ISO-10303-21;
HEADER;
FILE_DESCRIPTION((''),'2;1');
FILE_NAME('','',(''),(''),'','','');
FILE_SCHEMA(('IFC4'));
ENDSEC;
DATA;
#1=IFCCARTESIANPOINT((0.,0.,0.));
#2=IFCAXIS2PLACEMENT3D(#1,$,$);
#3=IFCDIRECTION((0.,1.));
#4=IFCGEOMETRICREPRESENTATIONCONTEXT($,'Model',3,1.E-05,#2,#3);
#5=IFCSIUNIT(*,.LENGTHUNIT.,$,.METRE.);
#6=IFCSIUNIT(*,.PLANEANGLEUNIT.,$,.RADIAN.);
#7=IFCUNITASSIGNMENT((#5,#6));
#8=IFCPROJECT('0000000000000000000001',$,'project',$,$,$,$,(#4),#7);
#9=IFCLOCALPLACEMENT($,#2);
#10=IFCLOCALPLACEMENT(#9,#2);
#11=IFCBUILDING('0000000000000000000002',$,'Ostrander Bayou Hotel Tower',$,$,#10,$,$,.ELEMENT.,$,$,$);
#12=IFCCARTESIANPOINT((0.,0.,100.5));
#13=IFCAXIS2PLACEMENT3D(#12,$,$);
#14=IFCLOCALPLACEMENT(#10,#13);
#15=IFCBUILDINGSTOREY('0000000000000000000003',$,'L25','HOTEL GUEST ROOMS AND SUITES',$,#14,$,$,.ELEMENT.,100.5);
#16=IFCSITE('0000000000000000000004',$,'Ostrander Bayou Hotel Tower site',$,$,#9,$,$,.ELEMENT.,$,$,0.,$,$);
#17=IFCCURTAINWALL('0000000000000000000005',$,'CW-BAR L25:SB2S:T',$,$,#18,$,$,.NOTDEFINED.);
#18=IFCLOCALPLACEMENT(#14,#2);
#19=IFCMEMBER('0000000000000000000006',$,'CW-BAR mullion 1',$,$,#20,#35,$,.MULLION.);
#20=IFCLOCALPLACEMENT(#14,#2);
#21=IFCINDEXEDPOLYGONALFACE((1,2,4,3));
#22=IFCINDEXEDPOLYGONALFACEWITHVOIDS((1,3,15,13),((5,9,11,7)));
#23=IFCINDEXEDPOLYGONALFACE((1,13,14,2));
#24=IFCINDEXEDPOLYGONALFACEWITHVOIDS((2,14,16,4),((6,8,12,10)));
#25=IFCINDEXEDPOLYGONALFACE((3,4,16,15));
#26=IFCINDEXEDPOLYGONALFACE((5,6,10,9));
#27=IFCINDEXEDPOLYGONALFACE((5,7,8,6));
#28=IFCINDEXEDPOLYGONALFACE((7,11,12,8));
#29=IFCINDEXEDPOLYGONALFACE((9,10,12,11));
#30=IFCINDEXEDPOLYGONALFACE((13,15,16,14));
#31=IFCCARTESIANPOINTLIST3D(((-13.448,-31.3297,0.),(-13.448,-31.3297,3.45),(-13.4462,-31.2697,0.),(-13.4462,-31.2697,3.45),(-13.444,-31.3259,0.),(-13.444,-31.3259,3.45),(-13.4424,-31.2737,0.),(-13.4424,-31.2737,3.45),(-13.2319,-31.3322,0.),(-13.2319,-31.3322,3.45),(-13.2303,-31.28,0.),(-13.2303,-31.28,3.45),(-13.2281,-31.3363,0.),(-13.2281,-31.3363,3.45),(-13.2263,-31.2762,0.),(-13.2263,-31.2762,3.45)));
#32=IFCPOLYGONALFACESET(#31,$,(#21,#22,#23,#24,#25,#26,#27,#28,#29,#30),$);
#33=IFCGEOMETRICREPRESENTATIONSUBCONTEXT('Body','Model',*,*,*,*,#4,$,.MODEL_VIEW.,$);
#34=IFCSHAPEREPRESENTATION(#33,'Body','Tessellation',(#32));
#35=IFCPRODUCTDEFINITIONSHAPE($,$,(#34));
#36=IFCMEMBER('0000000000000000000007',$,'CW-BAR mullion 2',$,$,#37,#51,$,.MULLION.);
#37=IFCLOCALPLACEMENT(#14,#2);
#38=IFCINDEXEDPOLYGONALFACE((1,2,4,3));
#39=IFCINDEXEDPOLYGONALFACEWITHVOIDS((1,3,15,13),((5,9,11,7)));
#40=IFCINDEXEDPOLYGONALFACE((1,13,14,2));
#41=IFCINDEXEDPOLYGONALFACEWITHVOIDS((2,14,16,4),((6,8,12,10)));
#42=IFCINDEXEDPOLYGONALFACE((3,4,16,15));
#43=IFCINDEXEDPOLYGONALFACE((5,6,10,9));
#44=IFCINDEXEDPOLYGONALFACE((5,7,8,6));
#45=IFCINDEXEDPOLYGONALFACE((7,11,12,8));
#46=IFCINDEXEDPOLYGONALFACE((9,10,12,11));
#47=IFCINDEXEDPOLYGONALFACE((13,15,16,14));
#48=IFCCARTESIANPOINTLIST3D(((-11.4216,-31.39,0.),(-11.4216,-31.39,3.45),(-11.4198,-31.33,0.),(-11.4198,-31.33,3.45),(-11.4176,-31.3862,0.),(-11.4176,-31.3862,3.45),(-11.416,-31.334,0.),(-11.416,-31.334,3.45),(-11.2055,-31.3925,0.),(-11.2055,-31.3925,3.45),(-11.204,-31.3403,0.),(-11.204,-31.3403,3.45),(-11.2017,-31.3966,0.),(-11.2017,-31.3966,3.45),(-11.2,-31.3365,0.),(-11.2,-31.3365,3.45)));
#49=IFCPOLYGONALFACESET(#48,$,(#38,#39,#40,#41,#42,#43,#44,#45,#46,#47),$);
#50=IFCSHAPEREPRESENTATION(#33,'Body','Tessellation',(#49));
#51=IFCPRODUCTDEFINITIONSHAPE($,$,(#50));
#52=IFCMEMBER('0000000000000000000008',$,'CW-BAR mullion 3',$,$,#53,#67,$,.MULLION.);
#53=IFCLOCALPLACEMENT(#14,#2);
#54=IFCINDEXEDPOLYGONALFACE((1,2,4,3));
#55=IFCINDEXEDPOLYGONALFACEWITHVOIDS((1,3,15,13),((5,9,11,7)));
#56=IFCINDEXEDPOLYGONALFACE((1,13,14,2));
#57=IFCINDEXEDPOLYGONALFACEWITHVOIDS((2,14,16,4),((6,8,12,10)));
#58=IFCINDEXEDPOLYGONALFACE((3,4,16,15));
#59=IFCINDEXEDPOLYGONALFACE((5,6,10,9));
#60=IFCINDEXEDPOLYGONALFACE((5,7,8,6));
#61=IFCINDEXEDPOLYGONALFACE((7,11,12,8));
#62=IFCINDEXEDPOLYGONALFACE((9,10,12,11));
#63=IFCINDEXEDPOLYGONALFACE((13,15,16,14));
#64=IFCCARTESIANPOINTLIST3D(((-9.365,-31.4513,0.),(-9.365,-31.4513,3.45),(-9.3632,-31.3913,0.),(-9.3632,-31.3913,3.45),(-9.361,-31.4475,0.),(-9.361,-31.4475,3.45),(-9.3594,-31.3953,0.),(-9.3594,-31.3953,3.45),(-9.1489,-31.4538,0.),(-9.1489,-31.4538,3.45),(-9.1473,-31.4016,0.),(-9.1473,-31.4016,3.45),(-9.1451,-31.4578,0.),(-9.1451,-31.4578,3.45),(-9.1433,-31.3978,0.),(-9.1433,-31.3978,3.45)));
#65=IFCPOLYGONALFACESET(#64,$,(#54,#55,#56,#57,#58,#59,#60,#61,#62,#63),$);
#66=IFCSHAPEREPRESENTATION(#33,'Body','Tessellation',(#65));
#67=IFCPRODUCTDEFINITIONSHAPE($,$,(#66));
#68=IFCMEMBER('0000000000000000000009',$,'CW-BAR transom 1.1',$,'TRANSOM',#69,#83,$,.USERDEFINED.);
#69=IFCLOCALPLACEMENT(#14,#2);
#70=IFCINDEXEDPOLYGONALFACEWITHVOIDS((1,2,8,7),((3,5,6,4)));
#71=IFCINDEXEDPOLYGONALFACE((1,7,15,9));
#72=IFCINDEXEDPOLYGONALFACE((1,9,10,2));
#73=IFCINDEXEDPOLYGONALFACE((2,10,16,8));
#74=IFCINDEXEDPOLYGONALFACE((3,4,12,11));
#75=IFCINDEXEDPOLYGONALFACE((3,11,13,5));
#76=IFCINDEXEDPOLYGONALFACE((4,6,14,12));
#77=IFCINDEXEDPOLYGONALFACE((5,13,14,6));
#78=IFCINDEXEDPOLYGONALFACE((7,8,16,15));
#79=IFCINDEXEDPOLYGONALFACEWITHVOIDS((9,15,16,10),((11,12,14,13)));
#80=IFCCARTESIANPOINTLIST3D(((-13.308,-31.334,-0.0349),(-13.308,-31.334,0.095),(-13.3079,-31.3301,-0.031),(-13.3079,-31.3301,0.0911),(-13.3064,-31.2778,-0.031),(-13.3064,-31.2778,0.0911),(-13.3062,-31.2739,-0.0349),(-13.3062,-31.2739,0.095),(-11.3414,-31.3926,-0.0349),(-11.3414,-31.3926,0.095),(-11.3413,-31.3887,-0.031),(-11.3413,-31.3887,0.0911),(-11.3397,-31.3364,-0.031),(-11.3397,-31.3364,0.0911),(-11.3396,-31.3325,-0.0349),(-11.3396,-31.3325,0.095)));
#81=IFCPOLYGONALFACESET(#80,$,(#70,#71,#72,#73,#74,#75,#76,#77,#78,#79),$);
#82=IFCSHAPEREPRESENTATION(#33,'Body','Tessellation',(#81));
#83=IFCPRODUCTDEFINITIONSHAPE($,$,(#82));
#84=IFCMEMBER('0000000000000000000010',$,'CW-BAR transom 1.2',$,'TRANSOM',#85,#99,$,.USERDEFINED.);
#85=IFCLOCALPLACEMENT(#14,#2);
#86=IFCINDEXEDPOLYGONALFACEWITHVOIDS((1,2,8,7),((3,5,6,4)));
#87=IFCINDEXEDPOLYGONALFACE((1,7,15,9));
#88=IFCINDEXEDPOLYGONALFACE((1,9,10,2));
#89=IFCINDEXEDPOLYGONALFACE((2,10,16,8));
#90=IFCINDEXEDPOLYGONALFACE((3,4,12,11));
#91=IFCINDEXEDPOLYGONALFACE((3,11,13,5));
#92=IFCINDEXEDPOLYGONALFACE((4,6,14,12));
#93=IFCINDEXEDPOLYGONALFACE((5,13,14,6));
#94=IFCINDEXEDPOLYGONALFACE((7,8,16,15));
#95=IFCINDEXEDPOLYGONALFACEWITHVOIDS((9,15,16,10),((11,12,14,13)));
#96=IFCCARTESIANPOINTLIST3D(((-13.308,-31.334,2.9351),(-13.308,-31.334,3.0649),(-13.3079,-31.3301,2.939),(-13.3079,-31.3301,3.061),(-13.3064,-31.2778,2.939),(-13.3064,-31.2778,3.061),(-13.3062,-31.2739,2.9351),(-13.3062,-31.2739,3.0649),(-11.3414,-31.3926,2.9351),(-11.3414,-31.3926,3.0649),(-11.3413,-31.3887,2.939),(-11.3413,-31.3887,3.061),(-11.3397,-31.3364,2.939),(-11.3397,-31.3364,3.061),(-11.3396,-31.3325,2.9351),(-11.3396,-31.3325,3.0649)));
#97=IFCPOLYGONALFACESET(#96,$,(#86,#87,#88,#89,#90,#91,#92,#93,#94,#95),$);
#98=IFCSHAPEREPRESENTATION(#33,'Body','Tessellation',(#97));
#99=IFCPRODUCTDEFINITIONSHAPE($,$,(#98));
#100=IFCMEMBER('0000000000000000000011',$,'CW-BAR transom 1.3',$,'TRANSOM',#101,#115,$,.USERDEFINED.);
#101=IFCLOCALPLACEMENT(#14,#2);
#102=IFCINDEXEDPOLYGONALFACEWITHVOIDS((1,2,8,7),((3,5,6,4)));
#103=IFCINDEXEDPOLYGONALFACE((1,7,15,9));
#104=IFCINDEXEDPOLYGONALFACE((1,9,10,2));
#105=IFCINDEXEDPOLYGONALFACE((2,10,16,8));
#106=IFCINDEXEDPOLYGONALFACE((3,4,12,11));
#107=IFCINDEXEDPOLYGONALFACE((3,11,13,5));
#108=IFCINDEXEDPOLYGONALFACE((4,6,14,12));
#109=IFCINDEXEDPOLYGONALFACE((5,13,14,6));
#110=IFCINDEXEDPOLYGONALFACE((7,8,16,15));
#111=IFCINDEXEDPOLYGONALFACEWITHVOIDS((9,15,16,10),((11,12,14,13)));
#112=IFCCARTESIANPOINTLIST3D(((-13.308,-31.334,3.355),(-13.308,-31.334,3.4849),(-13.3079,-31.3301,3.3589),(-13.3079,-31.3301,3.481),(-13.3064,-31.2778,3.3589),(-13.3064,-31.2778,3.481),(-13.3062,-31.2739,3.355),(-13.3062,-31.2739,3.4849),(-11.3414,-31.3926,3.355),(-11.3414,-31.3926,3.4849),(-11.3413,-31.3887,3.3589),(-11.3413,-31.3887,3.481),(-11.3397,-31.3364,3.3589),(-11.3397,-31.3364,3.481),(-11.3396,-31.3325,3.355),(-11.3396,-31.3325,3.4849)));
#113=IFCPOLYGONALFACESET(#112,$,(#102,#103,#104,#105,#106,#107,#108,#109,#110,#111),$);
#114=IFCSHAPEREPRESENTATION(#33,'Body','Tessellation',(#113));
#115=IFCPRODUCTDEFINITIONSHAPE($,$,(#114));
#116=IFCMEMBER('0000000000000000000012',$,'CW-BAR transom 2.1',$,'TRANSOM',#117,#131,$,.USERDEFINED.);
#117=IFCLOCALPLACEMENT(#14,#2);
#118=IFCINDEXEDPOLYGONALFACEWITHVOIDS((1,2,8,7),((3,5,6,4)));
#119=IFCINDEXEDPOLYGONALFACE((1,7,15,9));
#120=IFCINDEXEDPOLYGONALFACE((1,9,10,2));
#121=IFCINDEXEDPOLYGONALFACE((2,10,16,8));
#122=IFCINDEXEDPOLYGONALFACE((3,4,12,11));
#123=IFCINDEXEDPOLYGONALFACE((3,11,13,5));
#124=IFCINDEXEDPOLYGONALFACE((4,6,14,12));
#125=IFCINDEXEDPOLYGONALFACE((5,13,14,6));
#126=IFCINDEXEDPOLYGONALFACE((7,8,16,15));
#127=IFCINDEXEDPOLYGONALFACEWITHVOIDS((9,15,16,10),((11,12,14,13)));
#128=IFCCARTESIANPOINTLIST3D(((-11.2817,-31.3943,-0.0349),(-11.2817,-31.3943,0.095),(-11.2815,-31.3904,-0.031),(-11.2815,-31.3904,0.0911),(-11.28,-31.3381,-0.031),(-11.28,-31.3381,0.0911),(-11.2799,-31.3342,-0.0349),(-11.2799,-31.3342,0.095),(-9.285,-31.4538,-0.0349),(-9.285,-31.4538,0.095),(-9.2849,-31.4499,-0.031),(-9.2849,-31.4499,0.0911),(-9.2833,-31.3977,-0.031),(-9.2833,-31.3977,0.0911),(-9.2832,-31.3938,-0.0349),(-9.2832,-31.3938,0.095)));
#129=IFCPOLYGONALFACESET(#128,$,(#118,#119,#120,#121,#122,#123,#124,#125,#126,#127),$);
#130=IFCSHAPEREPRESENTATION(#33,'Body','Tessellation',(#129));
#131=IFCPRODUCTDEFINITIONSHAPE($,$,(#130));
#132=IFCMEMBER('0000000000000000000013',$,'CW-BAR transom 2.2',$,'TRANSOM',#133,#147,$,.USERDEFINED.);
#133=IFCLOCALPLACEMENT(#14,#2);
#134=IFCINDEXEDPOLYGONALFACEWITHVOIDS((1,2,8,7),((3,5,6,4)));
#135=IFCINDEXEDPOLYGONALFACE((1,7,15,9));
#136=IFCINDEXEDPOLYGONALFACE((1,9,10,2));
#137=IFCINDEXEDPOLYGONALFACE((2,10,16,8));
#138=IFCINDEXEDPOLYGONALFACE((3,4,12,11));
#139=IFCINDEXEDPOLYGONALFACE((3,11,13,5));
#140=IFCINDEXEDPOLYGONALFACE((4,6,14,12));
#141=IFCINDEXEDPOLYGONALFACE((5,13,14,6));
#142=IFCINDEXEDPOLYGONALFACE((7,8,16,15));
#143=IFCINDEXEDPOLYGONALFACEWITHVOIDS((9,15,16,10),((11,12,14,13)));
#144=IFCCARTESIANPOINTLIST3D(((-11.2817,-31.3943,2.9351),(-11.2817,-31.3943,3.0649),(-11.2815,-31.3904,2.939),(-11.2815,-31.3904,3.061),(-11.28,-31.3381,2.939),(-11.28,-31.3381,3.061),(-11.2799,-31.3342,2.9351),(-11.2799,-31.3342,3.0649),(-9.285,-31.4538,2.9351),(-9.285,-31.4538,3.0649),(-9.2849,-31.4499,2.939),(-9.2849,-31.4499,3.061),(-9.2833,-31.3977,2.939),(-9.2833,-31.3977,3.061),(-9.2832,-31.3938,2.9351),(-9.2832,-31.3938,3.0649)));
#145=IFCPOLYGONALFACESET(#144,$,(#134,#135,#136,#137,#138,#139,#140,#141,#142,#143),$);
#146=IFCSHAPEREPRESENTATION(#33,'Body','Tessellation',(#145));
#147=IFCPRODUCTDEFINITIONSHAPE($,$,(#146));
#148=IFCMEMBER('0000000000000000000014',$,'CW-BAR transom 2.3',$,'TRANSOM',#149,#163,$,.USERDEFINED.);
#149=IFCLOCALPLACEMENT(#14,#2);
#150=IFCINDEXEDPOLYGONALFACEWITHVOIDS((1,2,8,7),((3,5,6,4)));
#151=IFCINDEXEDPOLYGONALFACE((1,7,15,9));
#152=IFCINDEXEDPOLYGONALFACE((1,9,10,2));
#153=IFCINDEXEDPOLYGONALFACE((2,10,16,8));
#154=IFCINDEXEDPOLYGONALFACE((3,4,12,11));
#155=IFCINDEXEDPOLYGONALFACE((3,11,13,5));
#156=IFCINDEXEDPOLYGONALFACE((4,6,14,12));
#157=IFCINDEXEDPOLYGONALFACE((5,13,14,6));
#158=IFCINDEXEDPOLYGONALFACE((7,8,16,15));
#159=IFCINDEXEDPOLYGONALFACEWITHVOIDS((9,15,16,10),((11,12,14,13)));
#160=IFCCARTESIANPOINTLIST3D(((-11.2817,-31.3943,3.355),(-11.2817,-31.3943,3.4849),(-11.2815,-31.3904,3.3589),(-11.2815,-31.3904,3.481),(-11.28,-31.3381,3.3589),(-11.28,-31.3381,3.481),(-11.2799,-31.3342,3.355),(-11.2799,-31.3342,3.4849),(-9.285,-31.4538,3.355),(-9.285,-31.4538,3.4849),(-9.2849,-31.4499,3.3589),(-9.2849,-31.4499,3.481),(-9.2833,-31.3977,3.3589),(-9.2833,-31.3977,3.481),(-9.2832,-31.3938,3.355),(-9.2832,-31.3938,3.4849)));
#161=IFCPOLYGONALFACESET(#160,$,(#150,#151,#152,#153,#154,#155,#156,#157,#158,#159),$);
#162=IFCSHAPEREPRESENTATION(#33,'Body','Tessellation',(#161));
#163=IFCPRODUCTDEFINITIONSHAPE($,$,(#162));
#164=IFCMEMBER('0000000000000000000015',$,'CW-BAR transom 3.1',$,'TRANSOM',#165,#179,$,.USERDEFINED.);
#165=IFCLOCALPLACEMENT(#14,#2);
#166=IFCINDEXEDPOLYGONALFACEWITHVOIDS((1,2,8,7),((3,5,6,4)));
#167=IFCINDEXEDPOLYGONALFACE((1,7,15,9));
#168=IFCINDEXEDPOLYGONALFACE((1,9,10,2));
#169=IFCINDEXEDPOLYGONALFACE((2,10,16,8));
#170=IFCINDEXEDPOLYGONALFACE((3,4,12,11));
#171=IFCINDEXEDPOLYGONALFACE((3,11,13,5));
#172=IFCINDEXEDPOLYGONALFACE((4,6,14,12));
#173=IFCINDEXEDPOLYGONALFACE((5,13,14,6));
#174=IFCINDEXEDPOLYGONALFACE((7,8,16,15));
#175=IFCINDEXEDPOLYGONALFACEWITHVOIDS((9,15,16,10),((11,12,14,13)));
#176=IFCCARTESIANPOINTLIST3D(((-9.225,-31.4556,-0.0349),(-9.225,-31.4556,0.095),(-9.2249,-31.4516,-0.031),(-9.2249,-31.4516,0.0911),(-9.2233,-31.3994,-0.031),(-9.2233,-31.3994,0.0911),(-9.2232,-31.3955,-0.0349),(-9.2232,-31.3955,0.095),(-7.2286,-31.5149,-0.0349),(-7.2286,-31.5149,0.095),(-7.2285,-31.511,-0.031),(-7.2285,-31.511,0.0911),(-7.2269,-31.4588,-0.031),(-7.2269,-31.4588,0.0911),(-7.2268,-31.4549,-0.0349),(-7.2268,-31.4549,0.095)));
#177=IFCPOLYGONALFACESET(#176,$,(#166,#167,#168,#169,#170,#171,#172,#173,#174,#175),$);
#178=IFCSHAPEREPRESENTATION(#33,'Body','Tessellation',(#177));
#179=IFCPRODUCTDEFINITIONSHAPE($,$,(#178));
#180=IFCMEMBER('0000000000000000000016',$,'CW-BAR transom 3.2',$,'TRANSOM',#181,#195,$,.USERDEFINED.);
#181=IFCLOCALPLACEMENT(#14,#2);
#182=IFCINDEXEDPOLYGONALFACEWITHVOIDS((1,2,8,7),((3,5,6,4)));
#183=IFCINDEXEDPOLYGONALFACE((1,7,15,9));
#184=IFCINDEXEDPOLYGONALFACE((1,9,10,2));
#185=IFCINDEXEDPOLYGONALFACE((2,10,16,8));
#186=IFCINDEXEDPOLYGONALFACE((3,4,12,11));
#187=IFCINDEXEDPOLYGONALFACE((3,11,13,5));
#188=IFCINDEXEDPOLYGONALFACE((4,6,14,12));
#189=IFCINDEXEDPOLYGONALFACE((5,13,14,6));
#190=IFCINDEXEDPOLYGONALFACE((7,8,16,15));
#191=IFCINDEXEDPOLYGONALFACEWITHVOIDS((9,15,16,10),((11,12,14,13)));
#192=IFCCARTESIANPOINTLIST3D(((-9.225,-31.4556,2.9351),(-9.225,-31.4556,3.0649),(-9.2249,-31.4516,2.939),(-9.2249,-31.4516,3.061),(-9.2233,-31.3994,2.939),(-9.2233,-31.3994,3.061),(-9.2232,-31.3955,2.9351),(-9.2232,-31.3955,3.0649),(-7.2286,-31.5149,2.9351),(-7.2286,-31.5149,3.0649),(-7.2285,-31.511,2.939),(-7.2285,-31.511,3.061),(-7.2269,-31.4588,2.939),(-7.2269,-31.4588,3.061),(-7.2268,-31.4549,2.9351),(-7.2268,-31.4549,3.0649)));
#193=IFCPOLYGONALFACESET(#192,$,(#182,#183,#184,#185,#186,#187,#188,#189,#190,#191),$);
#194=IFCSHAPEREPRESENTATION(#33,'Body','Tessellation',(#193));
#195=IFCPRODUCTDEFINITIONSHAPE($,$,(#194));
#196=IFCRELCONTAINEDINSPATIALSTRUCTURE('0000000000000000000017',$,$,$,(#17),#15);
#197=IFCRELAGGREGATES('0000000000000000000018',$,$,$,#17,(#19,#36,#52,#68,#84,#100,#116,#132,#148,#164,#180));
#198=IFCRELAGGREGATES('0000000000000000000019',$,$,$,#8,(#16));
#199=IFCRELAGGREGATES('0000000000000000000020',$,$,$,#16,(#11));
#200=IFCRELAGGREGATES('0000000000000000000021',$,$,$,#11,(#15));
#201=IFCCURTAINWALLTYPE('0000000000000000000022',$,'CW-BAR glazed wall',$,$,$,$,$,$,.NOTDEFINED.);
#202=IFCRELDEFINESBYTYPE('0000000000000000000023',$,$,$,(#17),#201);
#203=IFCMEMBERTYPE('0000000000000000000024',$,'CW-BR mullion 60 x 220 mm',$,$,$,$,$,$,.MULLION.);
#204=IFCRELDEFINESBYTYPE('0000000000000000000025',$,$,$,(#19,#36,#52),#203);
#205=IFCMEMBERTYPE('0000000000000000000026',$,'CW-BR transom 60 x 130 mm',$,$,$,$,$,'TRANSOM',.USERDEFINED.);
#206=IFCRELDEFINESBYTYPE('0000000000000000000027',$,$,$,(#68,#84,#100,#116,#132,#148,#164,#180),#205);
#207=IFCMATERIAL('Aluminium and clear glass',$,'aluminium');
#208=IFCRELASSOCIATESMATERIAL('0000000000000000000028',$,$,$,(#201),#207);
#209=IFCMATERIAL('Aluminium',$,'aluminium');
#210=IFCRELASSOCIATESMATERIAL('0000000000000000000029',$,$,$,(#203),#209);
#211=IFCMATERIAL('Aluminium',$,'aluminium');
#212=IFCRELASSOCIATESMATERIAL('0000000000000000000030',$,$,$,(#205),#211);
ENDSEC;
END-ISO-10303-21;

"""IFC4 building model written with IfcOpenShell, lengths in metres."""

from ifc_helpers import new_model, si_unit, direction, frame, origin, origin_2d, place, context, subcontext, project, spatial, hollow_rectangle, extrude, material, material_profile, profile_set, type_object, element, aggregate, save


model = new_model("IFC4")

# Units and contexts
model_context = context("Model", 3, precision=1e-05, world=origin(), true_north=direction((0.0, 1.0)))
body_context = subcontext(model_context, "Body", "Model", "MODEL_VIEW")
ifc_project = project(units=[si_unit("LENGTHUNIT", "METRE"), si_unit("PLANEANGLEUNIT", "RADIAN")], contexts=[model_context])

# Site, building, storey
site_placement = place(None, origin())
site = spatial("IfcSite", under=ifc_project, at=site_placement, Name="Ostrander Bayou Hotel Tower site", CompositionType="ELEMENT", RefElevation=0.0)
building_placement = place(site_placement, origin())
building = spatial("IfcBuilding", under=site, at=building_placement, Name="Ostrander Bayou Hotel Tower", CompositionType="ELEMENT")
storey_placement = place(building_placement, frame((0.0, 0.0, 100.5)))
storey = spatial("IfcBuildingStorey", under=building, at=storey_placement, Name="L25", Description="HOTEL GUEST ROOMS AND SUITES", CompositionType="ELEMENT", Elevation=100.5)

# Curtain wall, members
ifc_material_1 = material(Name="Aluminium and clear glass", Category="aluminium")
curtain_wall_type = type_object("IfcCurtainWallType", Name="CW-BAR glazed wall", PredefinedType="NOTDEFINED", material=ifc_material_1)
curtain_wall_placement = place(storey_placement, origin())
curtain_wall = element("IfcCurtainWall", 1, at=curtain_wall_placement, inside=storey, type_object=curtain_wall_type, Name="CW-BAR L25:SB2S:T", PredefinedType="NOTDEFINED")
ifc_material_2 = material(Name="Aluminium", Category="aluminium")
ifc_material_profile_1 = material_profile(ifc_material_2, hollow_rectangle(XDim=0.0601, YDim=0.22, WallThickness=0.0039, at=origin_2d()))
ifc_profile_set_1 = profile_set([ifc_material_profile_1], Name="Aluminium")
member_type_1 = type_object("IfcMemberType", Name="CW-BR mullion 60 x 220 mm", PredefinedType="MULLION", material=ifc_profile_set_1)
member_1_placement = place(storey_placement, frame((-13.3372, -31.303, 0.0), z_axis=(0.0, 0.0, 1.0), x_axis=(0.029746, 0.999557, 0.0)))
member_1 = element("IfcMember", 2, at=member_1_placement, type_object=member_type_1, Name="CW-BAR mullion 1", PredefinedType="MULLION", context=body_context, shape_type="SweptSolid", body=[
    extrude(hollow_rectangle(XDim=0.0601, YDim=0.22, WallThickness=0.0039, at=origin_2d()), origin(), (0.0, 0.0, 1.0), 3.45),
])
member_2_placement = place(storey_placement, frame((-11.3108, -31.3633, 0.0), z_axis=(0.0, 0.0, 1.0), x_axis=(0.029746, 0.999557, 0.0)))
member_2 = element("IfcMember", 3, at=member_2_placement, type_object=member_type_1, Name="CW-BAR mullion 2", PredefinedType="MULLION", context=body_context, shape_type="SweptSolid", body=[
    extrude(hollow_rectangle(XDim=0.0601, YDim=0.22, WallThickness=0.0039, at=origin_2d()), origin(), (0.0, 0.0, 1.0), 3.45),
])
member_3_placement = place(storey_placement, frame((-9.2542, -31.4246, 0.0), z_axis=(0.0, 0.0, 1.0), x_axis=(0.029746, 0.999557, 0.0)))
member_3 = element("IfcMember", 4, at=member_3_placement, type_object=member_type_1, Name="CW-BAR mullion 3", PredefinedType="MULLION", context=body_context, shape_type="SweptSolid", body=[
    extrude(hollow_rectangle(XDim=0.0601, YDim=0.22, WallThickness=0.0039, at=origin_2d()), origin(), (0.0, 0.0, 1.0), 3.45),
])
ifc_material_3 = material(Name="Aluminium", Category="aluminium")
ifc_material_profile_2 = material_profile(ifc_material_3, hollow_rectangle(XDim=0.0601, YDim=0.1299, WallThickness=0.0039, at=origin_2d()))
ifc_profile_set_2 = profile_set([ifc_material_profile_2], Name="Aluminium")
member_type_2 = type_object("IfcMemberType", Name="CW-BR transom 60 x 130 mm", ElementType="TRANSOM", PredefinedType="USERDEFINED", material=ifc_profile_set_2)
member_4_placement = place(storey_placement, frame((-13.3071, -31.304, 0.03), z_axis=(0.999556, -0.029782, 0.0), x_axis=(0.029782, 0.999556, 0.0)))
member_4 = element("IfcMember", 5, at=member_4_placement, type_object=member_type_2, Name="CW-BAR transom 1.1", ObjectType="TRANSOM", PredefinedType="USERDEFINED", context=body_context, shape_type="SweptSolid", body=[
    extrude(hollow_rectangle(XDim=0.0601, YDim=0.1299, WallThickness=0.0039, at=origin_2d()), origin(), (0.0, 0.0, 1.0), 1.9675),
])
member_5_placement = place(storey_placement, frame((-13.3071, -31.304, 3.0), z_axis=(0.999556, -0.029782, 0.0), x_axis=(0.029782, 0.999556, 0.0)))
member_5 = element("IfcMember", 6, at=member_5_placement, type_object=member_type_2, Name="CW-BAR transom 1.2", ObjectType="TRANSOM", PredefinedType="USERDEFINED", context=body_context, shape_type="SweptSolid", body=[
    extrude(hollow_rectangle(XDim=0.0601, YDim=0.1299, WallThickness=0.0039, at=origin_2d()), origin(), (0.0, 0.0, 1.0), 1.9675),
])
member_6_placement = place(storey_placement, frame((-13.3071, -31.304, 3.4199), z_axis=(0.999556, -0.029782, 0.0), x_axis=(0.029782, 0.999556, 0.0)))
member_6 = element("IfcMember", 7, at=member_6_placement, type_object=member_type_2, Name="CW-BAR transom 1.3", ObjectType="TRANSOM", PredefinedType="USERDEFINED", context=body_context, shape_type="SweptSolid", body=[
    extrude(hollow_rectangle(XDim=0.0601, YDim=0.1299, WallThickness=0.0039, at=origin_2d()), origin(), (0.0, 0.0, 1.0), 1.9675),
])
member_7_placement = place(storey_placement, frame((-11.2808, -31.3643, 0.03), z_axis=(0.999555, -0.029823, 0.0), x_axis=(0.029823, 0.999555, 0.0)))
member_7 = element("IfcMember", 8, at=member_7_placement, type_object=member_type_2, Name="CW-BAR transom 2.1", ObjectType="TRANSOM", PredefinedType="USERDEFINED", context=body_context, shape_type="SweptSolid", body=[
    extrude(hollow_rectangle(XDim=0.0601, YDim=0.1299, WallThickness=0.0039, at=origin_2d()), origin(), (0.0, 0.0, 1.0), 1.9976),
])
member_8_placement = place(storey_placement, frame((-11.2808, -31.3643, 3.0), z_axis=(0.999555, -0.029823, 0.0), x_axis=(0.029823, 0.999555, 0.0)))
member_8 = element("IfcMember", 9, at=member_8_placement, type_object=member_type_2, Name="CW-BAR transom 2.2", ObjectType="TRANSOM", PredefinedType="USERDEFINED", context=body_context, shape_type="SweptSolid", body=[
    extrude(hollow_rectangle(XDim=0.0601, YDim=0.1299, WallThickness=0.0039, at=origin_2d()), origin(), (0.0, 0.0, 1.0), 1.9976),
])
member_9_placement = place(storey_placement, frame((-11.2808, -31.3643, 3.4199), z_axis=(0.999555, -0.029823, 0.0), x_axis=(0.029823, 0.999555, 0.0)))
member_9 = element("IfcMember", 10, at=member_9_placement, type_object=member_type_2, Name="CW-BAR transom 2.3", ObjectType="TRANSOM", PredefinedType="USERDEFINED", context=body_context, shape_type="SweptSolid", body=[
    extrude(hollow_rectangle(XDim=0.0601, YDim=0.1299, WallThickness=0.0039, at=origin_2d()), origin(), (0.0, 0.0, 1.0), 1.9976),
])
member_10_placement = place(storey_placement, frame((-9.2241, -31.4255, 0.03), z_axis=(0.999559, -0.029704, 0.0), x_axis=(0.029704, 0.999559, 0.0)))
member_10 = element("IfcMember", 11, at=member_10_placement, type_object=member_type_2, Name="CW-BAR transom 3.1", ObjectType="TRANSOM", PredefinedType="USERDEFINED", context=body_context, shape_type="SweptSolid", body=[
    extrude(hollow_rectangle(XDim=0.0601, YDim=0.1299, WallThickness=0.0039, at=origin_2d()), origin(), (0.0, 0.0, 1.0), 1.9973),
])
member_11_placement = place(storey_placement, frame((-9.2241, -31.4255, 3.0), z_axis=(0.999559, -0.029704, 0.0), x_axis=(0.029704, 0.999559, 0.0)))
member_11 = element("IfcMember", 12, at=member_11_placement, type_object=member_type_2, Name="CW-BAR transom 3.2", ObjectType="TRANSOM", PredefinedType="USERDEFINED", context=body_context, shape_type="SweptSolid", body=[
    extrude(hollow_rectangle(XDim=0.0601, YDim=0.1299, WallThickness=0.0039, at=origin_2d()), origin(), (0.0, 0.0, 1.0), 1.9973),
])
aggregate(curtain_wall, [member_1, member_2, member_3, member_4, member_5, member_6, member_7, member_8, member_9, member_10, member_11])

save(model, "model.ifc")
